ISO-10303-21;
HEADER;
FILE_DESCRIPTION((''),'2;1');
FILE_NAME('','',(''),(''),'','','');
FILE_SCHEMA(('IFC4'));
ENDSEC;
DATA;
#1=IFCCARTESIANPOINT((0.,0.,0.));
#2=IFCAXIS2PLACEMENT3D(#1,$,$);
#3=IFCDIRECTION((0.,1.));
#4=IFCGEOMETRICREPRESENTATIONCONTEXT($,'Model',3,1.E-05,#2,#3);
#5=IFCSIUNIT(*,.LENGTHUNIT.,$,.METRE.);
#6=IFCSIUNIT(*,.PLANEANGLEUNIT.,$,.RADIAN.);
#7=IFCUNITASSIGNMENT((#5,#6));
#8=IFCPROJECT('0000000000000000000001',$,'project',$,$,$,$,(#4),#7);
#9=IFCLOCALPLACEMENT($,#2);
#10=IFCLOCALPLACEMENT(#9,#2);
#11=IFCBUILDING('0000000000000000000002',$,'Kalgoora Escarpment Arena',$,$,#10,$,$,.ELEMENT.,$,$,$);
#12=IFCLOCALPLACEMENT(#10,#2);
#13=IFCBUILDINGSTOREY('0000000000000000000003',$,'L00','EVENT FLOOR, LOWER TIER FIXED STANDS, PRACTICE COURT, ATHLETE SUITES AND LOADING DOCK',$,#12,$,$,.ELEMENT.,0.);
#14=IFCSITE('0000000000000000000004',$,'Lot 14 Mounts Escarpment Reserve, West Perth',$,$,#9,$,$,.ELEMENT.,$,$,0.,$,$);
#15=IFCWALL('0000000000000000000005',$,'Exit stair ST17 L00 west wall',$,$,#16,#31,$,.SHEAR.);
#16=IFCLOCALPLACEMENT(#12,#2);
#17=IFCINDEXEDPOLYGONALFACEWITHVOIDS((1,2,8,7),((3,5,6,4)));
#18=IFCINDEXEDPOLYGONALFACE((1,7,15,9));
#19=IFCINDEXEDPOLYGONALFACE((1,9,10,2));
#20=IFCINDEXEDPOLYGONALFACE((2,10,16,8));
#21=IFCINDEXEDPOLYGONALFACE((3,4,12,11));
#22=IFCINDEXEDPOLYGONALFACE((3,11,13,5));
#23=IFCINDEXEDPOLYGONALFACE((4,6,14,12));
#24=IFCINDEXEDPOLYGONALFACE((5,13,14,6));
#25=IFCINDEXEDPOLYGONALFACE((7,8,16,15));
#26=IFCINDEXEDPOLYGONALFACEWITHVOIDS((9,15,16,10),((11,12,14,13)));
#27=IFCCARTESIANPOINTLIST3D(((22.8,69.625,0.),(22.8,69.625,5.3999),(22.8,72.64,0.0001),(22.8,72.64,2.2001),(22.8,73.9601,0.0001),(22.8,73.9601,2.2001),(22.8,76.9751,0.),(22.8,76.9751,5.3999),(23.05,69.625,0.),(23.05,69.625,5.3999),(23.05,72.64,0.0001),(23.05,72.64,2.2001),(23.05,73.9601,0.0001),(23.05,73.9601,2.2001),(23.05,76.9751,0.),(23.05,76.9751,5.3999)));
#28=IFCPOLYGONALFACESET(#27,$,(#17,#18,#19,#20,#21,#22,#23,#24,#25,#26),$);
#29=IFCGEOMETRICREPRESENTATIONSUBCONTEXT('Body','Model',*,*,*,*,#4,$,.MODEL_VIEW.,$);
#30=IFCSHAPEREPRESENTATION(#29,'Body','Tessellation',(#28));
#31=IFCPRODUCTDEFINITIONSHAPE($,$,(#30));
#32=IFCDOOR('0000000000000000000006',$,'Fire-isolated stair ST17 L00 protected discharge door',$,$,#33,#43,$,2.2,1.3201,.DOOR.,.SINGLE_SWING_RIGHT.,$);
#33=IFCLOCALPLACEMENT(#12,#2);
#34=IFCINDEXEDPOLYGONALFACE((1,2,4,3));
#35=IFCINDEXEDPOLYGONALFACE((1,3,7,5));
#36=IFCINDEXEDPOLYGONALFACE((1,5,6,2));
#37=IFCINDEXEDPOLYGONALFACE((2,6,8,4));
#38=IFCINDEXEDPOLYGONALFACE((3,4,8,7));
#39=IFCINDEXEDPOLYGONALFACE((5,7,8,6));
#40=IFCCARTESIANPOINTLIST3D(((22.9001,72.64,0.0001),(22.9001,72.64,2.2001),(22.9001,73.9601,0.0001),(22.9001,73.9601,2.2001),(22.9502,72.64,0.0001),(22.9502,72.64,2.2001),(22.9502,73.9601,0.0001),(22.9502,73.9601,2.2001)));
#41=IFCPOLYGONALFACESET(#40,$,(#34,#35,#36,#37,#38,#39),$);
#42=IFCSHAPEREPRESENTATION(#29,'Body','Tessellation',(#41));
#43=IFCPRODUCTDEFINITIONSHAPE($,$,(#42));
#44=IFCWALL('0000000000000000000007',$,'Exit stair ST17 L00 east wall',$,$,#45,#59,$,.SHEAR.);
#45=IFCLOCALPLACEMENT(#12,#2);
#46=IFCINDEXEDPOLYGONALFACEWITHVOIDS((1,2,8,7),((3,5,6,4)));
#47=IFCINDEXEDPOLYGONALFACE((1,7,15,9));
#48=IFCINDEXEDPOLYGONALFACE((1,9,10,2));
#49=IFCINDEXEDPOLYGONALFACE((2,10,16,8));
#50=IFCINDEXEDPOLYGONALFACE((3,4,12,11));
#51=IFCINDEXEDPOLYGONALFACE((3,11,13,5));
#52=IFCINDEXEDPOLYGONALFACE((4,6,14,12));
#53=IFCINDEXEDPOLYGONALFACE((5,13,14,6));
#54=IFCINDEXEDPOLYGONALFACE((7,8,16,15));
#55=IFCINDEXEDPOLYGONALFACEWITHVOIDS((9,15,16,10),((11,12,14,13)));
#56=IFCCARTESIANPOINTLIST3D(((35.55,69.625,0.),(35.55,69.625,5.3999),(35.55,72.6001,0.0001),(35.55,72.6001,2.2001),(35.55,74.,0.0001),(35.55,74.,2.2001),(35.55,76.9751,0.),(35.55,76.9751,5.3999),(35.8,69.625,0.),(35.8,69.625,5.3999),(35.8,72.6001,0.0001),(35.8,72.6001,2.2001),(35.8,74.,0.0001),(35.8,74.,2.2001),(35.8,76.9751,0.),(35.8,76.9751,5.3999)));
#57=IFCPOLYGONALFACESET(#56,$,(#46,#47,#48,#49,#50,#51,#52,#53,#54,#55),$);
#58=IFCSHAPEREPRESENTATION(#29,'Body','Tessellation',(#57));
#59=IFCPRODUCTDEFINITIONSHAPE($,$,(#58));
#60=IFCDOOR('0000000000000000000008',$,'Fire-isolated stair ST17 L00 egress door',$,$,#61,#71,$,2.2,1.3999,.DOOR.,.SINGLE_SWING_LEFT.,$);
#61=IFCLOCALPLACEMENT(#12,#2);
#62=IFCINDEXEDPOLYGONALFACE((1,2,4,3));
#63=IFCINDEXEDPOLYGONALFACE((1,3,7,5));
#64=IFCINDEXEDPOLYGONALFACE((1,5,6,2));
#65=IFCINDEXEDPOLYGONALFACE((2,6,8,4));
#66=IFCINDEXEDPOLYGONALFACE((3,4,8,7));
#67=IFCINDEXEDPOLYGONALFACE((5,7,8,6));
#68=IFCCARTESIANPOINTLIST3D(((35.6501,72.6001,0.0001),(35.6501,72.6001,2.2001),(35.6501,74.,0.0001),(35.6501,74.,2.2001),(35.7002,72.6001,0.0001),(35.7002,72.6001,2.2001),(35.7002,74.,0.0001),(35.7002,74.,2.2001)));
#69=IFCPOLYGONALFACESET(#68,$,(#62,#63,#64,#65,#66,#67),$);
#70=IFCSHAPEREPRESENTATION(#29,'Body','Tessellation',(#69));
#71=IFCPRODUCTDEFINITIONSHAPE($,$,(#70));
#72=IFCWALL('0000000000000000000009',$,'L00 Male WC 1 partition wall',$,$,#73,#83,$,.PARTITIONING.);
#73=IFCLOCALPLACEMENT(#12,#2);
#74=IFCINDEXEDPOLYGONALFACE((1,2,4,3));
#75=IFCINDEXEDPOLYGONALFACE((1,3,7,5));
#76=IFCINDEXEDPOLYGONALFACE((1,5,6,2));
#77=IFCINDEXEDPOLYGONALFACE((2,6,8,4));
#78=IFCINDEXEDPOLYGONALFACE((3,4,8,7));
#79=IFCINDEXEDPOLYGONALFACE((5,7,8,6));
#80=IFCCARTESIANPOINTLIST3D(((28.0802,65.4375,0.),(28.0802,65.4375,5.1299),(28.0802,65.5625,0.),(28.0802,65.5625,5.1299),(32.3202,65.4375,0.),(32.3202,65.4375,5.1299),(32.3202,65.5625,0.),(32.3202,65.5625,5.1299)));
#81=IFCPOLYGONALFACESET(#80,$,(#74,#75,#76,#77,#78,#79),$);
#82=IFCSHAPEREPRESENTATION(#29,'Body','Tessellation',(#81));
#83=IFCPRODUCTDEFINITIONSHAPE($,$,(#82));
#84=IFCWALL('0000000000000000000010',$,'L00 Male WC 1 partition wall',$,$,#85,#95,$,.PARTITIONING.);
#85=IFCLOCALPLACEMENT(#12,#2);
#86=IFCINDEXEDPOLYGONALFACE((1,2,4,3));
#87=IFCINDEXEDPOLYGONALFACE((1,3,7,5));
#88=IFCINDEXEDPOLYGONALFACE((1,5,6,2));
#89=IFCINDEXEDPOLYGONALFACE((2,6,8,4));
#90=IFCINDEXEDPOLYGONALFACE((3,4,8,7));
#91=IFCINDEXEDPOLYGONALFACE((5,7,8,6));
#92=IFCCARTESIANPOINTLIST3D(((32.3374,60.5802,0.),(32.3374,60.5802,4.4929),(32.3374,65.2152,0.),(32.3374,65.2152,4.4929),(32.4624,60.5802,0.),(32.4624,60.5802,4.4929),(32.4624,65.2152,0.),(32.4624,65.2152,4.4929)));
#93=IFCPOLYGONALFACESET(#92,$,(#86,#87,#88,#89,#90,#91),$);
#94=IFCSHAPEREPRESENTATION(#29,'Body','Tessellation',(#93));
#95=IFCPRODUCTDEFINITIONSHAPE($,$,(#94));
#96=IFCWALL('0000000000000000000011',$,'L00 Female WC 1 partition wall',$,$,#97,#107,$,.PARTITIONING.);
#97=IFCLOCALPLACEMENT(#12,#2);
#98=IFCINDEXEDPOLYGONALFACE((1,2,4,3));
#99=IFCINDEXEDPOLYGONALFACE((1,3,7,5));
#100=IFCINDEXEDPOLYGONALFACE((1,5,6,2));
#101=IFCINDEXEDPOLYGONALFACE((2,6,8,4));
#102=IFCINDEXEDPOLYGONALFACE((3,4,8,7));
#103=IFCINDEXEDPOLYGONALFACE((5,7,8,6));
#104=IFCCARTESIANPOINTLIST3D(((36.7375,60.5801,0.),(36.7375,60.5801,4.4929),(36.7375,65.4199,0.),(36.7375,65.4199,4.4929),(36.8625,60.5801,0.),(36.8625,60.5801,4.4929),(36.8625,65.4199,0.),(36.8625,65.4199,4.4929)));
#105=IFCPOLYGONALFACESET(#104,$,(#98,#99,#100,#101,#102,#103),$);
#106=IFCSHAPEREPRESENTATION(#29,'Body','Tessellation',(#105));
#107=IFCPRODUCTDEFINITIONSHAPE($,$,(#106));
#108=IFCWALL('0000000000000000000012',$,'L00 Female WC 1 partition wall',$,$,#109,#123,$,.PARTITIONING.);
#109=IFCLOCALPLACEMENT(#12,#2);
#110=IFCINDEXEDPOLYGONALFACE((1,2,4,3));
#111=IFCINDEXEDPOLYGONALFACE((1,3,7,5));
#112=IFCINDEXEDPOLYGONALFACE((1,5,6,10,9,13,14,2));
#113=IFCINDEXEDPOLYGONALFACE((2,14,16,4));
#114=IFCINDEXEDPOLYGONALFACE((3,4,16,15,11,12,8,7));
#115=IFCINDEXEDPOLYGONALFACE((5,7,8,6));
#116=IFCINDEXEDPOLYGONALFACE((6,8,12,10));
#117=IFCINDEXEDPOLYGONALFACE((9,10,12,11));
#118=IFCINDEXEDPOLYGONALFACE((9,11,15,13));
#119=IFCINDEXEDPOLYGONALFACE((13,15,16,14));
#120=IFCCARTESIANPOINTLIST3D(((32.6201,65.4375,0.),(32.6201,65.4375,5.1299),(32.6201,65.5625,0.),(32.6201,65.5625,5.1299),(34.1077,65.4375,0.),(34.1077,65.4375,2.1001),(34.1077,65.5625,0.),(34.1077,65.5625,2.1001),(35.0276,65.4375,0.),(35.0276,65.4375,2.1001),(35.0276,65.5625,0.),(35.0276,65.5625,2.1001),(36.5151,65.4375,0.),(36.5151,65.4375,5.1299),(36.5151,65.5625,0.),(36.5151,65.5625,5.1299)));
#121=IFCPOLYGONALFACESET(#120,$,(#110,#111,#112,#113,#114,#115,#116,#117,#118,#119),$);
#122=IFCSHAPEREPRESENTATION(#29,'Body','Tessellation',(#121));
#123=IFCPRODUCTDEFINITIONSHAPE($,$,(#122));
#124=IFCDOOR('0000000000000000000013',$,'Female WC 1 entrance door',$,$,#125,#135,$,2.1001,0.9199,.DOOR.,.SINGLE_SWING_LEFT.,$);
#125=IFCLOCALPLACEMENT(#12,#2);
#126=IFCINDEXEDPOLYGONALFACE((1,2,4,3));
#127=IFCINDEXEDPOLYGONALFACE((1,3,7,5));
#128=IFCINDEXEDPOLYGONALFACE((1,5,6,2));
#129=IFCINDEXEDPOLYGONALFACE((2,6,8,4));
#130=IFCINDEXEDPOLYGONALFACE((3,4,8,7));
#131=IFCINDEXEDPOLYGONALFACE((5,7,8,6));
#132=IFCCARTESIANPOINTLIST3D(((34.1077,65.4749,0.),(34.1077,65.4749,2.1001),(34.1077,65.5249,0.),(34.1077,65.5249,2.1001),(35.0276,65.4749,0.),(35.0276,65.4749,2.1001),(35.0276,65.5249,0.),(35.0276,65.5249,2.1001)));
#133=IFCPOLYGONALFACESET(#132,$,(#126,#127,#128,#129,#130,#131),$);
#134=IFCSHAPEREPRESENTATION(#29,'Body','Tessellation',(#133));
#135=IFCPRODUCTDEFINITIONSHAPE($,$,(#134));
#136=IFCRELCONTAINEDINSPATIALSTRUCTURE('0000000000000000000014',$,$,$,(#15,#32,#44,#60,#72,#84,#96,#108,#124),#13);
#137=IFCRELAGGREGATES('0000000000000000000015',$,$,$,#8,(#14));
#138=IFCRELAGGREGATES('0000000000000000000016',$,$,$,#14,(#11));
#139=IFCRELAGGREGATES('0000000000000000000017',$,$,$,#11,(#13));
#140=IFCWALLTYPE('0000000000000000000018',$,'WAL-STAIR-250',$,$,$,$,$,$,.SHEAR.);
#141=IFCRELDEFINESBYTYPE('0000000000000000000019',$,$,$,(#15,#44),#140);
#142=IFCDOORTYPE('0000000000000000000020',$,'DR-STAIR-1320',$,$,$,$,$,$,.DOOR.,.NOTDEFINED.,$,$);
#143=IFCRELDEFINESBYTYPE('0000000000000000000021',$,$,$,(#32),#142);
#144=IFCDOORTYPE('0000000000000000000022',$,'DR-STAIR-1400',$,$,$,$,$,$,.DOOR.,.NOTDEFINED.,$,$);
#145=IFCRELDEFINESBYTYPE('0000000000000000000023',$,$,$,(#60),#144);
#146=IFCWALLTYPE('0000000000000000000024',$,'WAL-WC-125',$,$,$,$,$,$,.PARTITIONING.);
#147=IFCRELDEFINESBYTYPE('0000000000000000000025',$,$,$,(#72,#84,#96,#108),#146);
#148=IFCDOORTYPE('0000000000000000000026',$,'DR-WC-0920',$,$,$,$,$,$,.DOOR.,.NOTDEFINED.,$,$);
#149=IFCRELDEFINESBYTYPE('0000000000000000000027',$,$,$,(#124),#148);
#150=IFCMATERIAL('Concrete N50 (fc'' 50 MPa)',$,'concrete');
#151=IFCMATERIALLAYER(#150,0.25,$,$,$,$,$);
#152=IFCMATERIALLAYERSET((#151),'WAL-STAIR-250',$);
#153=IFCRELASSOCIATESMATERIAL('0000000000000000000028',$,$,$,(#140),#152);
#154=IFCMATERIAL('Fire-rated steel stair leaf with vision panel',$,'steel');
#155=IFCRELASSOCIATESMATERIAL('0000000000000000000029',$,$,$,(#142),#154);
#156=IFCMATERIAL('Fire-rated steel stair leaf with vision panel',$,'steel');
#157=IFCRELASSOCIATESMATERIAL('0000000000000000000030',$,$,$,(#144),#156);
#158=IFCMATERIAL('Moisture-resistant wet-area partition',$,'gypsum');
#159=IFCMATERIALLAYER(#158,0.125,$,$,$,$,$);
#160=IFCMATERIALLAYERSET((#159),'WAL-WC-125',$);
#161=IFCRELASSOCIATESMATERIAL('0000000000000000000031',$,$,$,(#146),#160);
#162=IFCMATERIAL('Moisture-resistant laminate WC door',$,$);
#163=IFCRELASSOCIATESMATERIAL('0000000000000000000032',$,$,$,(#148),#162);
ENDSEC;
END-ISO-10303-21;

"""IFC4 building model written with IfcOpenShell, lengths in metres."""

from ifc_helpers import new_model, si_unit, direction, frame, frame_2d, origin, place, context, subcontext, project, spatial, rectangle, extrude, material, layer, layer_set, type_object, element, fill, save


model = new_model("IFC4")

# Units and contexts
model_context = context("Model", 3, precision=1e-05, world=origin(), true_north=direction((0.0, 1.0)))
body_context = subcontext(model_context, "Body", "Model", "MODEL_VIEW")
ifc_project = project(units=[si_unit("LENGTHUNIT", "METRE"), si_unit("PLANEANGLEUNIT", "RADIAN")], contexts=[model_context])

# Site, building, storey
site_placement = place(None, origin())
site = spatial("IfcSite", under=ifc_project, at=site_placement, Name="Lot 14 Mounts Escarpment Reserve, West Perth", CompositionType="ELEMENT", RefElevation=0.0)
building_placement = place(site_placement, origin())
building = spatial("IfcBuilding", under=site, at=building_placement, Name="Kalgoora Escarpment Arena", CompositionType="ELEMENT")
storey_placement = place(building_placement, origin())
storey = spatial("IfcBuildingStorey", under=building, at=storey_placement, Name="L00", Description="EVENT FLOOR, LOWER TIER FIXED STANDS, PRACTICE COURT, ATHLETE SUITES AND LOADING DOCK", CompositionType="ELEMENT", Elevation=0.0)

# Shared definitions
ifc_material_1 = material(Name="Concrete N50 (fc' 50 MPa)", Category="concrete")
ifc_layer_1 = layer(ifc_material_1, 0.25)
ifc_layer_set_1 = layer_set([ifc_layer_1], Name="WAL-STAIR-250")
wall_type_1 = type_object("IfcWallType", Name="WAL-STAIR-250", PredefinedType="SHEAR", material=ifc_layer_set_1)

# Walls, openings, doors
wall_1_placement = place(storey_placement, frame((22.925, 69.625, 0.0), z_axis=(0.0, 0.0, 1.0), x_axis=(0.0, 1.0, 0.0)))
wall_1 = element("IfcWall", 1, at=wall_1_placement, inside=storey, type_object=wall_type_1, Name="Exit stair ST17 L00 west wall", PredefinedType="SHEAR", context=body_context, shape_type="SweptSolid", body=[
    extrude(rectangle(XDim=7.3501, YDim=0.25, at=frame_2d((3.675, 0.0))), origin(), (0.0, 0.0, 1.0), 5.3999),
])
opening_1_placement = place(wall_1_placement, frame((3.0149, 0.0, 0.0)))
opening_1 = element("IfcOpeningElement", 2, at=opening_1_placement, cuts=wall_1, PredefinedType="OPENING", context=body_context, shape_type="SweptSolid", body=[
    extrude(rectangle(XDim=1.3201, YDim=2.2, at=frame_2d((0.6602, 1.1001))), frame((0.0, 0.135, 0.0), z_axis=(0.0, -1.0, 0.0), x_axis=(1.0, 0.0, 0.0)), (0.0, 0.0, 1.0), 0.27),
])
ifc_material_2 = material(Name="Fire-rated steel stair leaf with vision panel", Category="steel")
door_type_1 = type_object("IfcDoorType", Name="DR-STAIR-1320", OperationType="NOTDEFINED", PredefinedType="DOOR", material=ifc_material_2)
door_1_placement = place(opening_1_placement, origin())
door_1 = element("IfcDoor", 3, at=door_1_placement, inside=storey, type_object=door_type_1, Name="Fire-isolated stair ST17 L00 protected discharge door", OperationType="SINGLE_SWING_RIGHT", OverallHeight=2.2, OverallWidth=1.3201, PredefinedType="DOOR", context=body_context, shape_type="SweptSolid", body=[
    extrude(rectangle(XDim=1.3201, YDim=2.2, at=frame_2d((0.6602, 1.1001))), frame((0.0, 0.0249, 0.0), z_axis=(0.0, -1.0, 0.0), x_axis=(1.0, 0.0, 0.0)), (0.0, 0.0, 1.0), 0.05),
])
fill(opening_1, door_1)
wall_2_placement = place(storey_placement, frame((35.675, 69.625, 0.0), z_axis=(0.0, 0.0, 1.0), x_axis=(0.0, 1.0, 0.0)))
wall_2 = element("IfcWall", 4, at=wall_2_placement, inside=storey, type_object=wall_type_1, Name="Exit stair ST17 L00 east wall", PredefinedType="SHEAR", context=body_context, shape_type="SweptSolid", body=[
    extrude(rectangle(XDim=7.3501, YDim=0.25, at=frame_2d((3.675, 0.0))), origin(), (0.0, 0.0, 1.0), 5.3999),
])
opening_2_placement = place(wall_2_placement, frame((2.9751, 0.0, 0.0)))
opening_2 = element("IfcOpeningElement", 5, at=opening_2_placement, cuts=wall_2, PredefinedType="OPENING", context=body_context, shape_type="SweptSolid", body=[
    extrude(rectangle(XDim=1.3999, YDim=2.2, at=frame_2d((0.7, 1.1001))), frame((0.0, 0.135, 0.0), z_axis=(0.0, -1.0, 0.0), x_axis=(1.0, 0.0, 0.0)), (0.0, 0.0, 1.0), 0.27),
])
ifc_material_3 = material(Name="Fire-rated steel stair leaf with vision panel", Category="steel")
door_type_2 = type_object("IfcDoorType", Name="DR-STAIR-1400", OperationType="NOTDEFINED", PredefinedType="DOOR", material=ifc_material_3)
door_2_placement = place(opening_2_placement, origin())
door_2 = element("IfcDoor", 6, at=door_2_placement, inside=storey, type_object=door_type_2, Name="Fire-isolated stair ST17 L00 egress door", OperationType="SINGLE_SWING_LEFT", OverallHeight=2.2, OverallWidth=1.3999, PredefinedType="DOOR", context=body_context, shape_type="SweptSolid", body=[
    extrude(rectangle(XDim=1.3999, YDim=2.2, at=frame_2d((0.7, 1.1001))), frame((0.0, 0.0249, 0.0), z_axis=(0.0, -1.0, 0.0), x_axis=(1.0, 0.0, 0.0)), (0.0, 0.0, 1.0), 0.05),
])
fill(opening_2, door_2)

# Walls
ifc_material_4 = material(Name="Moisture-resistant wet-area partition", Category="gypsum")
ifc_layer_2 = layer(ifc_material_4, 0.125)
ifc_layer_set_2 = layer_set([ifc_layer_2], Name="WAL-WC-125")
wall_type_2 = type_object("IfcWallType", Name="WAL-WC-125", PredefinedType="PARTITIONING", material=ifc_layer_set_2)
wall_3_placement = place(storey_placement, frame((28.0801, 65.5, 0.0), z_axis=(0.0, 0.0, 1.0), x_axis=(1.0, 0.0, 0.0)))
element("IfcWall", 7, at=wall_3_placement, inside=storey, type_object=wall_type_2, Name="L00 Male WC 1 partition wall", PredefinedType="PARTITIONING", context=body_context, shape_type="SweptSolid", body=[
    extrude(rectangle(XDim=4.24, YDim=0.125, at=frame_2d((2.1201, 0.0))), origin(), (0.0, 0.0, 1.0), 5.1299),
])
wall_4_placement = place(storey_placement, frame((32.3999, 65.2151, 0.0), z_axis=(0.0, 0.0, 1.0), x_axis=(0.0, -1.0, 0.0)))
element("IfcWall", 8, at=wall_4_placement, inside=storey, type_object=wall_type_2, Name="L00 Male WC 1 partition wall", PredefinedType="PARTITIONING", context=body_context, shape_type="SweptSolid", body=[
    extrude(rectangle(XDim=4.635, YDim=0.125, at=frame_2d((2.3174, 0.0))), origin(), (0.0, 0.0, 1.0), 4.4929),
])
wall_5_placement = place(storey_placement, frame((36.8, 65.4199, 0.0), z_axis=(0.0, 0.0, 1.0), x_axis=(0.0, -1.0, 0.0)))
element("IfcWall", 9, at=wall_5_placement, inside=storey, type_object=wall_type_2, Name="L00 Female WC 1 partition wall", PredefinedType="PARTITIONING", context=body_context, shape_type="SweptSolid", body=[
    extrude(rectangle(XDim=4.8398, YDim=0.125, at=frame_2d((2.4199, 0.0))), origin(), (0.0, 0.0, 1.0), 4.4929),
])

# Wall, opening, door
wall_6_placement = place(storey_placement, frame((32.6201, 65.5, 0.0), z_axis=(0.0, 0.0, 1.0), x_axis=(1.0, 0.0, 0.0)))
wall_6 = element("IfcWall", 10, at=wall_6_placement, inside=storey, type_object=wall_type_2, Name="L00 Female WC 1 partition wall", PredefinedType="PARTITIONING", context=body_context, shape_type="SweptSolid", body=[
    extrude(rectangle(XDim=3.895, YDim=0.125, at=frame_2d((1.9475, 0.0))), origin(), (0.0, 0.0, 1.0), 5.1299),
])
opening_3_placement = place(wall_6_placement, frame((1.4875, 0.0, 0.0)))
opening_3 = element("IfcOpeningElement", 11, at=opening_3_placement, cuts=wall_6, PredefinedType="OPENING", context=body_context, shape_type="SweptSolid", body=[
    extrude(rectangle(XDim=0.9199, YDim=2.1001, at=frame_2d((0.46, 1.05))), frame((0.0, 0.0725, 0.0), z_axis=(0.0, -1.0, 0.0), x_axis=(1.0, 0.0, 0.0)), (0.0, 0.0, 1.0), 0.145),
])
ifc_material_5 = material(Name="Moisture-resistant laminate WC door")
door_type_3 = type_object("IfcDoorType", Name="DR-WC-0920", OperationType="NOTDEFINED", PredefinedType="DOOR", material=ifc_material_5)
door_3_placement = place(opening_3_placement, origin())
door_3 = element("IfcDoor", 12, at=door_3_placement, inside=storey, type_object=door_type_3, Name="Female WC 1 entrance door", OperationType="SINGLE_SWING_LEFT", OverallHeight=2.1001, OverallWidth=0.9199, PredefinedType="DOOR", context=body_context, shape_type="SweptSolid", body=[
    extrude(rectangle(XDim=0.9199, YDim=2.1001, at=frame_2d((0.46, 1.05))), frame((0.0, 0.0249, 0.0), z_axis=(0.0, -1.0, 0.0), x_axis=(1.0, 0.0, 0.0)), (0.0, 0.0, 1.0), 0.05),
])
fill(opening_3, door_3)

save(model, "model.ifc")
